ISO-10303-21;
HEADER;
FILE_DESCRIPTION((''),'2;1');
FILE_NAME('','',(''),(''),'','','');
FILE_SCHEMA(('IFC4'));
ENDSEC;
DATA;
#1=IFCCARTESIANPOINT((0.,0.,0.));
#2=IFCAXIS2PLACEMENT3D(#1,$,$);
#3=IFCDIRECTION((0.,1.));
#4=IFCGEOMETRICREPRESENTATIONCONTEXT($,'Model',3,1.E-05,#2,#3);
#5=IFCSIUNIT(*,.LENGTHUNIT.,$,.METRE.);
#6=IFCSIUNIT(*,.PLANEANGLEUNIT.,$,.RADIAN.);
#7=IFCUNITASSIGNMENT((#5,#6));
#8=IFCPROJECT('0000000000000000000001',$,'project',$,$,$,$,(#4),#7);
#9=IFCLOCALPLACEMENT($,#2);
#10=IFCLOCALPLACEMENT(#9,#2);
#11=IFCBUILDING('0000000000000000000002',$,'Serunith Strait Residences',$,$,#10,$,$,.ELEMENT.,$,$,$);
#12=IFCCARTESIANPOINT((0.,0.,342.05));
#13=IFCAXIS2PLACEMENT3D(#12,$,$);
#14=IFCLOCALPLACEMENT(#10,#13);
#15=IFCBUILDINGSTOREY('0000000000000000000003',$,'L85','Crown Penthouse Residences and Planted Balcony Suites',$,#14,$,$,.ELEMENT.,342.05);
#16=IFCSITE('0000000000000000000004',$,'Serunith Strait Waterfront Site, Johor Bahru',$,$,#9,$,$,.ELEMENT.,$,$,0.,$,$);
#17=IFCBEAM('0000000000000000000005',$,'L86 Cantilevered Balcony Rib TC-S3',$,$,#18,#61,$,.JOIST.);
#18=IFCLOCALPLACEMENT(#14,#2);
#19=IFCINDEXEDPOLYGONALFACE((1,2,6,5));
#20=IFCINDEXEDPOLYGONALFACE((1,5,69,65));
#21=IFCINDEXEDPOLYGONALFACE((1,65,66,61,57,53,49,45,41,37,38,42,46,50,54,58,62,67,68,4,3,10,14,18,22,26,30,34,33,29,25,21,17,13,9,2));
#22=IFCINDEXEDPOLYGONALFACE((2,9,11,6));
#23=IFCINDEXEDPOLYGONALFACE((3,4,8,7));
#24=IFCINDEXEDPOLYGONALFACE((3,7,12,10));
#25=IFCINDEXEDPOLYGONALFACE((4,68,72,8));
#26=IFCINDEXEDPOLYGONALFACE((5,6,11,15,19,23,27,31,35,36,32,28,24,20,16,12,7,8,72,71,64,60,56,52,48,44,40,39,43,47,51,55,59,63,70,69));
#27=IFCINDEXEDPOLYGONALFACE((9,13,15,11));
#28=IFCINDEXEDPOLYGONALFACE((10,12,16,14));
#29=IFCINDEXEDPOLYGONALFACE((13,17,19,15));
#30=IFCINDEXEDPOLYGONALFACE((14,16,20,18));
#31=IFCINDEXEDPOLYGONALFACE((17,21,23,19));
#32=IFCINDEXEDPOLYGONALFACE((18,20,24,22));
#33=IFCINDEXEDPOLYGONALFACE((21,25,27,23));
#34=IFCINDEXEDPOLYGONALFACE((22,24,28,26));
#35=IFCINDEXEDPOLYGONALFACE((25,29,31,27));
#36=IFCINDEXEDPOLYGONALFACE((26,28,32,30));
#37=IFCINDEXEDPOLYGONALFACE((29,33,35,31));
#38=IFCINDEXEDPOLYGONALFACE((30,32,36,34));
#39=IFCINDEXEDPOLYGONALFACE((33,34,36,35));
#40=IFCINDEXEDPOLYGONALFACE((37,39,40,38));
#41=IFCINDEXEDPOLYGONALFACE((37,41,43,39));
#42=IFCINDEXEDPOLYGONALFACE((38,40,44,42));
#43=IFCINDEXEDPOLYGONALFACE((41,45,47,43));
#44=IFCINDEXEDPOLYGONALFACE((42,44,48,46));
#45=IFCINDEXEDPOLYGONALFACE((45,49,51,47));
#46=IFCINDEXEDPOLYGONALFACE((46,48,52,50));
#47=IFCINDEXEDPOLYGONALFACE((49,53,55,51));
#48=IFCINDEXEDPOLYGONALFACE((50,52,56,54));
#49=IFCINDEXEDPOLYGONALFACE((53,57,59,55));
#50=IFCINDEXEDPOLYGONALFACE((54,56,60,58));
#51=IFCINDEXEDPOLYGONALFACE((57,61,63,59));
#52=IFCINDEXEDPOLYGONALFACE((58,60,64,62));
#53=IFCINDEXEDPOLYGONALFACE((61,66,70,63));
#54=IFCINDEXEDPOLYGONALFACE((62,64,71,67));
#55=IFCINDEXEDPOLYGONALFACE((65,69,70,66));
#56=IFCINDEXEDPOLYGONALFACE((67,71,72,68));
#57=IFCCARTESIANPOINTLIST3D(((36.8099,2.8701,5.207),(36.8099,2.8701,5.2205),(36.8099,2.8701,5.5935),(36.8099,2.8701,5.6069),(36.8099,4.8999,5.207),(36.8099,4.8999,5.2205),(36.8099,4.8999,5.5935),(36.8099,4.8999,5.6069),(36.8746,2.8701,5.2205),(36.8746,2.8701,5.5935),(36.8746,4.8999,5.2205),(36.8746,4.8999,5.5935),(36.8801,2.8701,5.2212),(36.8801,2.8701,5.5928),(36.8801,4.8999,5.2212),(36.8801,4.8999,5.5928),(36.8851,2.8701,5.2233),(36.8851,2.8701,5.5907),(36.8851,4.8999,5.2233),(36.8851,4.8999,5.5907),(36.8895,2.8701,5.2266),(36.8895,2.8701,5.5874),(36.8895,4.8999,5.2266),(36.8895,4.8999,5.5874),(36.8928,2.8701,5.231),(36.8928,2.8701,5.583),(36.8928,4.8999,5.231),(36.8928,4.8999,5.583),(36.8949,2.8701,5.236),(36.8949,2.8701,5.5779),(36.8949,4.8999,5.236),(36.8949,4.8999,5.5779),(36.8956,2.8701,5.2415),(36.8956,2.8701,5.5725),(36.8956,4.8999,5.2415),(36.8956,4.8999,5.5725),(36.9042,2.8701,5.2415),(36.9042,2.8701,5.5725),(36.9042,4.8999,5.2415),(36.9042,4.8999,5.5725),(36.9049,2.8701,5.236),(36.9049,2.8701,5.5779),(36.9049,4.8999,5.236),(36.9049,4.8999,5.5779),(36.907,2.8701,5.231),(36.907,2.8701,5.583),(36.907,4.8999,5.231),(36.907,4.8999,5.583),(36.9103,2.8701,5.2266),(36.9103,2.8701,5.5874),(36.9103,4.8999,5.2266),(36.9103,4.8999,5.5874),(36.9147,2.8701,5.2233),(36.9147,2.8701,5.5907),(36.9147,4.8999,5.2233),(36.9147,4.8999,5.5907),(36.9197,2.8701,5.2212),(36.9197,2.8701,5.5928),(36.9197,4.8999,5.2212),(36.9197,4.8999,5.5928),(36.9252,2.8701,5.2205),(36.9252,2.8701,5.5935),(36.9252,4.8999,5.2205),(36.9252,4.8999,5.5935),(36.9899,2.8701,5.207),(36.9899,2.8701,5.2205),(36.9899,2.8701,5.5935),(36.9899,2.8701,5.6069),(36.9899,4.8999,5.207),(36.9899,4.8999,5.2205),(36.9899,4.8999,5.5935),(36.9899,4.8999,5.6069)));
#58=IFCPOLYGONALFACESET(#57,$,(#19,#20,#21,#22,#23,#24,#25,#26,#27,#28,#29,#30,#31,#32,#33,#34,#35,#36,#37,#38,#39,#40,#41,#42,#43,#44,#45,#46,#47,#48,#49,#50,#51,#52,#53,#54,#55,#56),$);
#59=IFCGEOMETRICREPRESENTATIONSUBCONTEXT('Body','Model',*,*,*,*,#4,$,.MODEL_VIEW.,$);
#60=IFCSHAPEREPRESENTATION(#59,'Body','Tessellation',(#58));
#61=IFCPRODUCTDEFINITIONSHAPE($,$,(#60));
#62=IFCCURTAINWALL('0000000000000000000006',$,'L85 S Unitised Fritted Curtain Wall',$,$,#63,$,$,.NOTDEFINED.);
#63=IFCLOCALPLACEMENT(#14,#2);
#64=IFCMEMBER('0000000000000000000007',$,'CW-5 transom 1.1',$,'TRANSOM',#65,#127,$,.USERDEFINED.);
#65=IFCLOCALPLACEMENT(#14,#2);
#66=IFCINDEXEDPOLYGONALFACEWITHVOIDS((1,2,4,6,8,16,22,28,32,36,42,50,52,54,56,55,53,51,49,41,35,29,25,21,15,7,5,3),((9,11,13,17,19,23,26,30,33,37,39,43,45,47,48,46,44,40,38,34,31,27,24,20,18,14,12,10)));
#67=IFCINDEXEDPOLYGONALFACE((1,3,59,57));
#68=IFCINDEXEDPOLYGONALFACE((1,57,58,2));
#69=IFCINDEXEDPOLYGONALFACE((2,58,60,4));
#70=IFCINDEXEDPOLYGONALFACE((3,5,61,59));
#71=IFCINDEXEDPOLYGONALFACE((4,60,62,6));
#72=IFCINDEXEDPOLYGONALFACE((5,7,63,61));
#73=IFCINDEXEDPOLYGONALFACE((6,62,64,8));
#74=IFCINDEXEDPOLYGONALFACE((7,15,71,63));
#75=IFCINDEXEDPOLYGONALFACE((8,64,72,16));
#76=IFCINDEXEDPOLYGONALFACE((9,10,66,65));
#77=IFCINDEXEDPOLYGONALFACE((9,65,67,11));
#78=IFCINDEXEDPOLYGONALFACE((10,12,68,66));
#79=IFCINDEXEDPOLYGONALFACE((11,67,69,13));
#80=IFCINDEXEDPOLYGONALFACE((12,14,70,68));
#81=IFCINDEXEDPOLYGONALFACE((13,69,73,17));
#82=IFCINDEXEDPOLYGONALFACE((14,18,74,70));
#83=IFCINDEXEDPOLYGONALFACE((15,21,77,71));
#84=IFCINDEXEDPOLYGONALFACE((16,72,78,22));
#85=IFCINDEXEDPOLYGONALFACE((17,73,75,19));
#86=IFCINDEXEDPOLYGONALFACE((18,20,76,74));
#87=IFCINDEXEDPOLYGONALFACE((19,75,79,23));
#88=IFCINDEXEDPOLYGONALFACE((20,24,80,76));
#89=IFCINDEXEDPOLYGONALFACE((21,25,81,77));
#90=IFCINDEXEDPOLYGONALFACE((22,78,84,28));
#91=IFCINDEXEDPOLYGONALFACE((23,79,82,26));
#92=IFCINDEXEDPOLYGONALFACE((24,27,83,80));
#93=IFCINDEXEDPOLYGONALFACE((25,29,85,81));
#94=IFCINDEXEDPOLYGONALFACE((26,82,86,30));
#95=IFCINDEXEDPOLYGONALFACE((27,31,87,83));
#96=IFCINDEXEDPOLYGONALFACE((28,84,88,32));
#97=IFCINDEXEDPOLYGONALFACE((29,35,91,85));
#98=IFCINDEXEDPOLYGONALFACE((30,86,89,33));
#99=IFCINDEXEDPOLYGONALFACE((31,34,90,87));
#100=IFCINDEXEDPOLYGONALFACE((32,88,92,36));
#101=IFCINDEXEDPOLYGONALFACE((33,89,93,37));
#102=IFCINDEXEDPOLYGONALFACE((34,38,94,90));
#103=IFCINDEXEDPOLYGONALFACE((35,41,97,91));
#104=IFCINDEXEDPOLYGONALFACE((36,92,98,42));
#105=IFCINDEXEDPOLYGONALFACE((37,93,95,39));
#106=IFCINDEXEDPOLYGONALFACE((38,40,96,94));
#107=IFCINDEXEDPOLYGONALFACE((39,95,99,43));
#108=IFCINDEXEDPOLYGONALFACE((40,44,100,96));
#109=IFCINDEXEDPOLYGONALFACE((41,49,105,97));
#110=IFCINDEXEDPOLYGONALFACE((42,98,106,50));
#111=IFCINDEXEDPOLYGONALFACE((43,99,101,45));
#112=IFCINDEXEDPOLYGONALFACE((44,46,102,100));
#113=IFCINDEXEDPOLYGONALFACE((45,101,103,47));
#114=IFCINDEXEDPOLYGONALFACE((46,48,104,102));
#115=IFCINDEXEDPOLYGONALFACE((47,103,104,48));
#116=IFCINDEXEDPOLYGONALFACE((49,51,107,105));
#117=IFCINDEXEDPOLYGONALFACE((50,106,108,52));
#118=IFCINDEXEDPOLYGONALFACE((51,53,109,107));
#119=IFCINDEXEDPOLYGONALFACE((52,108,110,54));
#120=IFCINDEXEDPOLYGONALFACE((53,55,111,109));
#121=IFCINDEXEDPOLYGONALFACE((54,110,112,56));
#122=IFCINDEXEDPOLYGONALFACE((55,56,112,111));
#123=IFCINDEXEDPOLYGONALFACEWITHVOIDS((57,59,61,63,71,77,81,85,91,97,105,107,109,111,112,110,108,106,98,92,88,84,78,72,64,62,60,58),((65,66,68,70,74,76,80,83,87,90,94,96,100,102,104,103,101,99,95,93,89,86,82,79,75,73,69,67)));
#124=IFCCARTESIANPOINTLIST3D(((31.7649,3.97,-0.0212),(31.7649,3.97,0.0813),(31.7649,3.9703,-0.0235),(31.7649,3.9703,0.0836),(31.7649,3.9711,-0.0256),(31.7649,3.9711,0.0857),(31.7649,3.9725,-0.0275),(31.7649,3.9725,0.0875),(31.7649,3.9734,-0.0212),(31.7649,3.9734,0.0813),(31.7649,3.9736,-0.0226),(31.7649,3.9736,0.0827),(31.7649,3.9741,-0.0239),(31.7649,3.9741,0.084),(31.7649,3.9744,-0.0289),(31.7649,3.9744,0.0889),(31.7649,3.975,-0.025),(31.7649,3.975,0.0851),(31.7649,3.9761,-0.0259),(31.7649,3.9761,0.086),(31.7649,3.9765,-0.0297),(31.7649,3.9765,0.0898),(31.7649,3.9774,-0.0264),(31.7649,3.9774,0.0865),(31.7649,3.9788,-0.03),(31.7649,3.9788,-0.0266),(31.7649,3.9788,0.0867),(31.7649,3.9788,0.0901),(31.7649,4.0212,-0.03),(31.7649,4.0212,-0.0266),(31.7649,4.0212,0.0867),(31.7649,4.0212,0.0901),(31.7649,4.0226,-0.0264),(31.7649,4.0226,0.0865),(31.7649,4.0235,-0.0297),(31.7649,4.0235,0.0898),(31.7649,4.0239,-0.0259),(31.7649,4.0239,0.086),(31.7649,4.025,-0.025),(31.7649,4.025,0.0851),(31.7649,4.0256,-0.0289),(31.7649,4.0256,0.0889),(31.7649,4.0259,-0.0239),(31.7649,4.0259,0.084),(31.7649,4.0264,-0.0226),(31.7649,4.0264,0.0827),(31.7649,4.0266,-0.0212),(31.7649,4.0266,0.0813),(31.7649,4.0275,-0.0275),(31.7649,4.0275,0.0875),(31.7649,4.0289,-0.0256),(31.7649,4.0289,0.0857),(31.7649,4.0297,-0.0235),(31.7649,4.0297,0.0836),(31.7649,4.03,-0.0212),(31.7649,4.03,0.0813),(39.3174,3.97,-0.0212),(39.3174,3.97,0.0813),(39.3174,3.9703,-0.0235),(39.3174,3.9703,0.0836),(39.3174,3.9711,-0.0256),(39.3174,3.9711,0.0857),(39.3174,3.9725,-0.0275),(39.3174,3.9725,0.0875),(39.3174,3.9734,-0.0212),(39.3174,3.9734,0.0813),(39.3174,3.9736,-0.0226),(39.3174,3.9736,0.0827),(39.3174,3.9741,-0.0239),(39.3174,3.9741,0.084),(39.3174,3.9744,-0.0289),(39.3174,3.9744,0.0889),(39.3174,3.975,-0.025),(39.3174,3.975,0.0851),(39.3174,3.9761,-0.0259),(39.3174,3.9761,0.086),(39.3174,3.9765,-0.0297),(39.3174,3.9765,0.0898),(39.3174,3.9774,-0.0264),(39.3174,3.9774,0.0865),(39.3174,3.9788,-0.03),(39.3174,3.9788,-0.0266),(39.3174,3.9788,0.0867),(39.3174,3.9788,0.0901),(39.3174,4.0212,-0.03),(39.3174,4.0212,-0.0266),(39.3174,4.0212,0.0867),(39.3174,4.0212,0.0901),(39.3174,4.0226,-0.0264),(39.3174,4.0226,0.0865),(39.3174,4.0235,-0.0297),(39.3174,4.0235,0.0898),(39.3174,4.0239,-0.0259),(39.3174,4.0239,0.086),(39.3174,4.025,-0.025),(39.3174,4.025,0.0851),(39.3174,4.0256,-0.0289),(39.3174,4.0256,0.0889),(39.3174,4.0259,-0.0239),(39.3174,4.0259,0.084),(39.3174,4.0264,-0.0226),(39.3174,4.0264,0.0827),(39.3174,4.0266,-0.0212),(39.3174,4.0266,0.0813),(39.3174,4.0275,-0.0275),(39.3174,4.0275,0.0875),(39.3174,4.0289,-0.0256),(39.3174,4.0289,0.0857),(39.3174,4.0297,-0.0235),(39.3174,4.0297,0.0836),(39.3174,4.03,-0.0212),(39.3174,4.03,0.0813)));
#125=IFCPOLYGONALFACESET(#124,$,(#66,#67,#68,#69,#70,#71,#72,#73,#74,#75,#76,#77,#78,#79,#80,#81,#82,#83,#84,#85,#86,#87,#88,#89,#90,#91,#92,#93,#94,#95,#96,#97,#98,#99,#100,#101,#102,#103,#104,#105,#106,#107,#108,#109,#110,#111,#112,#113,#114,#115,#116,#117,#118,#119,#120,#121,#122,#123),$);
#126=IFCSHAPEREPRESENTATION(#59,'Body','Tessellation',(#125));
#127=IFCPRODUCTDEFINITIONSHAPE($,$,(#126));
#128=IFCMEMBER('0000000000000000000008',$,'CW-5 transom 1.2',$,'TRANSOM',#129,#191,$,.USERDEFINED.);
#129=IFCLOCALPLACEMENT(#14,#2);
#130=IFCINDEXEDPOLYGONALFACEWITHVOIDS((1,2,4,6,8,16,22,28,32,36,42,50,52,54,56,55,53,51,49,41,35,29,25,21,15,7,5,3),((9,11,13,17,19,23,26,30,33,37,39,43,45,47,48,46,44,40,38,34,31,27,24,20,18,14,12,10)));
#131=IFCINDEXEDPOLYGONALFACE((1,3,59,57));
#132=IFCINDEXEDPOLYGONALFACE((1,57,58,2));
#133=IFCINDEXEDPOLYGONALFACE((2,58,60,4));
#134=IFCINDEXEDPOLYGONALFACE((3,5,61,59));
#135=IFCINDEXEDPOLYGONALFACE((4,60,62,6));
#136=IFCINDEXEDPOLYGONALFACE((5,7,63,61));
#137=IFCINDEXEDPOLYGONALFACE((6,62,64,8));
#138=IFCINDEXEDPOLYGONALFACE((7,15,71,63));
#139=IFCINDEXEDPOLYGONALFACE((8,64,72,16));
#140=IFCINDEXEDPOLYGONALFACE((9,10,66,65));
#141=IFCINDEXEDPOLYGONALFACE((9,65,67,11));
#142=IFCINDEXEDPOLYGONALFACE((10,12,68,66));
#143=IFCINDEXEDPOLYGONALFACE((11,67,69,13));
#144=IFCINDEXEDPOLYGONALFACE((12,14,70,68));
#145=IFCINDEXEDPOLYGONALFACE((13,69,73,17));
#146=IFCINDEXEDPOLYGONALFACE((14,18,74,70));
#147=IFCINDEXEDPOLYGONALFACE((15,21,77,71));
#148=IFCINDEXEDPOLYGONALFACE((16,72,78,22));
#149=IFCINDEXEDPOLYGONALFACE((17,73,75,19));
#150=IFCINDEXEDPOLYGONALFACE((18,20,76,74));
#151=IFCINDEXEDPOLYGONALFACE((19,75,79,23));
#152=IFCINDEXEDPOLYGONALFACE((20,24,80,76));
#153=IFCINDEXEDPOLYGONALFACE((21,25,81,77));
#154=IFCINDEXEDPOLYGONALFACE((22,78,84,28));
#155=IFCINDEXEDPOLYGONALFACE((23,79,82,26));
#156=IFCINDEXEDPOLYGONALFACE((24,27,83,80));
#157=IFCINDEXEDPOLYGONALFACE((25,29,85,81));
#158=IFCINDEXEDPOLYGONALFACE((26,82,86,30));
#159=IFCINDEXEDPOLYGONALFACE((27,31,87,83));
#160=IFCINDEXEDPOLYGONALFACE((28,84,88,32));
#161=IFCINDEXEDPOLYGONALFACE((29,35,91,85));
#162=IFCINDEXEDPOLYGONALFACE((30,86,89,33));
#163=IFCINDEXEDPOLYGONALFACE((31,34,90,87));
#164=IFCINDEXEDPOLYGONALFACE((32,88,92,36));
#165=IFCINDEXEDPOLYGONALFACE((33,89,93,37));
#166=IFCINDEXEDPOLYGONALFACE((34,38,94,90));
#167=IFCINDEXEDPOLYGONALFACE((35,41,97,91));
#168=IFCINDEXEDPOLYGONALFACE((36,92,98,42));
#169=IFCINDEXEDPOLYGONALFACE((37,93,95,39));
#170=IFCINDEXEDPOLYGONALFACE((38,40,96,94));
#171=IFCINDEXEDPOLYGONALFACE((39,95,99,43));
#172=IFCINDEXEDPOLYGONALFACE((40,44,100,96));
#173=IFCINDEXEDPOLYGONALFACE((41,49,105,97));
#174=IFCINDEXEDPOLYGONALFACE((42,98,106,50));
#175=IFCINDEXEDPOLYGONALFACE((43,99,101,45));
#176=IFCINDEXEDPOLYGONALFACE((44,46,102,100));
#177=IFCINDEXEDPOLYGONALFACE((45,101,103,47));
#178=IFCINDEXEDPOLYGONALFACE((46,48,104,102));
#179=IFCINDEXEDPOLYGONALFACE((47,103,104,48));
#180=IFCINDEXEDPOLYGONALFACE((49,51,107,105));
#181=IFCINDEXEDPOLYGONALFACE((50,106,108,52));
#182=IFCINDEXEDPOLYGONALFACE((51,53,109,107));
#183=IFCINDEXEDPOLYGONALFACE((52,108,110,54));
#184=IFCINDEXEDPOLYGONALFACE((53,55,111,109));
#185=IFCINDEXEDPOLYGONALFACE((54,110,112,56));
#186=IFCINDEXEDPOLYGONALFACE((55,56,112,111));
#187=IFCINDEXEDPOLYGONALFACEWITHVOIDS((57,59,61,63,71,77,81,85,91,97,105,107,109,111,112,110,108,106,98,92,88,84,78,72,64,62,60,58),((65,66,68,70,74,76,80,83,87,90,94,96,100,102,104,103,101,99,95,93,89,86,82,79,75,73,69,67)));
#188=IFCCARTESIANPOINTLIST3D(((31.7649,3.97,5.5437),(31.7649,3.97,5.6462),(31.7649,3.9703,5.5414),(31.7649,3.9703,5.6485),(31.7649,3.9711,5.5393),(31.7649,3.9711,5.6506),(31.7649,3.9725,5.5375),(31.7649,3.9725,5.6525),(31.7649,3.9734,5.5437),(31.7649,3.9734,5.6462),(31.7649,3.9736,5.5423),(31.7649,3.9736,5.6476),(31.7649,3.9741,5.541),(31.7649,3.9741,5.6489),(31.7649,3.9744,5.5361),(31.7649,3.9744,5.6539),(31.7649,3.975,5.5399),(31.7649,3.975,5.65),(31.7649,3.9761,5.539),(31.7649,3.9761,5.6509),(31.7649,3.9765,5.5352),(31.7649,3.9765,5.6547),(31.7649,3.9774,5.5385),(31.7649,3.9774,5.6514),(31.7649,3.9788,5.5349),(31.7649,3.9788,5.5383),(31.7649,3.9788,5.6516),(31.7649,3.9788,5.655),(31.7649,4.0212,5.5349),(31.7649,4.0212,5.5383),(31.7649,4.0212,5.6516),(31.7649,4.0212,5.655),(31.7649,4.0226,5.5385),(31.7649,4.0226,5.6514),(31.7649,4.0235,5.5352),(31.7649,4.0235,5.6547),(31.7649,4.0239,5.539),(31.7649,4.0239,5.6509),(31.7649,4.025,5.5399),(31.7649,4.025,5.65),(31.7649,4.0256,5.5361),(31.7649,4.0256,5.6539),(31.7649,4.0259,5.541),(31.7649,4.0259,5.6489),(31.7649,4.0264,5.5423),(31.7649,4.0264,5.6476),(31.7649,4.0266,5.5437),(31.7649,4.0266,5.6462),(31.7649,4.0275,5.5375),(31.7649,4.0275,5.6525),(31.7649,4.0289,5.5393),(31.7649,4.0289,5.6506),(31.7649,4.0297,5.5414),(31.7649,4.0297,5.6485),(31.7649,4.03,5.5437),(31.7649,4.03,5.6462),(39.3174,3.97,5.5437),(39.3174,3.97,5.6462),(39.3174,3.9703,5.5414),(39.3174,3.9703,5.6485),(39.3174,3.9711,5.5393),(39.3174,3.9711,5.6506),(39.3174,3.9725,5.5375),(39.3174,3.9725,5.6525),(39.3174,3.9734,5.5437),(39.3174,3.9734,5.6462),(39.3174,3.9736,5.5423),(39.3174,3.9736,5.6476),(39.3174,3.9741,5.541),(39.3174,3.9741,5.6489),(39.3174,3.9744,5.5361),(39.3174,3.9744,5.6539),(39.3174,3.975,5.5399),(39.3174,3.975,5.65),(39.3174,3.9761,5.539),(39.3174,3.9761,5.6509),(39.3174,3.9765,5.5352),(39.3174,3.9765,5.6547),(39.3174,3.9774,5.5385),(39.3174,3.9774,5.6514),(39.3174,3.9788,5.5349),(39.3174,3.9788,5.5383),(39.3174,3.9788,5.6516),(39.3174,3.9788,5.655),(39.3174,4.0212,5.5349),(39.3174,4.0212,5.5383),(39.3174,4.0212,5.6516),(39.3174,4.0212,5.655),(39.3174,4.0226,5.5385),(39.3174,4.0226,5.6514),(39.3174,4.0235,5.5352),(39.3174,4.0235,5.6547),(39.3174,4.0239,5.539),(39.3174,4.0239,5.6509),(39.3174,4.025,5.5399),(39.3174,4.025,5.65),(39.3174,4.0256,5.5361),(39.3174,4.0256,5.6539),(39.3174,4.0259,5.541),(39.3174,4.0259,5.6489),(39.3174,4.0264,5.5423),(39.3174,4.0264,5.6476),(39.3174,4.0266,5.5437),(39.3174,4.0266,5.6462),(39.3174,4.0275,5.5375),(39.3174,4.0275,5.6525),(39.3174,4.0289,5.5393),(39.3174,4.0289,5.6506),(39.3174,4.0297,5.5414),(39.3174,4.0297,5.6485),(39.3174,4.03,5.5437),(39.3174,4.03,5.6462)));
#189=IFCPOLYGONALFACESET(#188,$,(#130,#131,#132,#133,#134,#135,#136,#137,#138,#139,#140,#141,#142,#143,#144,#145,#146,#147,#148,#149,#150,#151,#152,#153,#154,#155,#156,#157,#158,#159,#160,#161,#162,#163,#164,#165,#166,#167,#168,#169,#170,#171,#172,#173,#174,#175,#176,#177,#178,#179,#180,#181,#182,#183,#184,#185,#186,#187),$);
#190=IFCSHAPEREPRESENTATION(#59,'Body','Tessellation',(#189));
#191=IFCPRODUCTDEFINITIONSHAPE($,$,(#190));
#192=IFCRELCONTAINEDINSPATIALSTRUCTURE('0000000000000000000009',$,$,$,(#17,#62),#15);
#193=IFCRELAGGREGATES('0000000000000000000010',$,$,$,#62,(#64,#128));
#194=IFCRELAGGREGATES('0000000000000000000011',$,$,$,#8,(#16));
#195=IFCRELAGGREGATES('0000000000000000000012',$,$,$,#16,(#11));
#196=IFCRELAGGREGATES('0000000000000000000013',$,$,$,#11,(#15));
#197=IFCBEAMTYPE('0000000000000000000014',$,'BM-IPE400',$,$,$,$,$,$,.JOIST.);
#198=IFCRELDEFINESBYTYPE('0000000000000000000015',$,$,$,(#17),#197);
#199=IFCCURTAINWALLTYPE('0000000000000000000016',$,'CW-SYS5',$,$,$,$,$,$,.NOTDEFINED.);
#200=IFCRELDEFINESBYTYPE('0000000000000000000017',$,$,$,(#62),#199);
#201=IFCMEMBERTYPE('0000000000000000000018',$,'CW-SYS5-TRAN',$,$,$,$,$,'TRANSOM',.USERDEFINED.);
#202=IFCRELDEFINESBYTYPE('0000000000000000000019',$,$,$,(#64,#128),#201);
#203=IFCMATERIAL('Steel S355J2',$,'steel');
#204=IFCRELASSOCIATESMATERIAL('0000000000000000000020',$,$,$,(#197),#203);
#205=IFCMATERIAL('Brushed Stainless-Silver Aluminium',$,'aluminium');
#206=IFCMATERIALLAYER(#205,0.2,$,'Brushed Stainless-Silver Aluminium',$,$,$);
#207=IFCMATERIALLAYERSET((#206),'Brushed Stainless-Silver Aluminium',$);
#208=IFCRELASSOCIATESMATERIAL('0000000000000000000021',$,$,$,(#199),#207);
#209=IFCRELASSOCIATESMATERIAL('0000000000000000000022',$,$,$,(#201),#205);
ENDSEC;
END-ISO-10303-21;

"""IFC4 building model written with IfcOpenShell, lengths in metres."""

from ifc_helpers import new_model, si_unit, direction, frame, origin, origin_2d, place, context, subcontext, project, spatial, hollow_rectangle, i_section, extrude, source, transform, mapped, material, layer, layer_set, material_profile, profile_set, type_object, element, aggregate, save


model = new_model("IFC4")

# Units and contexts
model_context = context("Model", 3, precision=1e-05, world=origin(), true_north=direction((0.0, 1.0)))
body_context = subcontext(model_context, "Body", "Model", "MODEL_VIEW")
ifc_project = project(units=[si_unit("LENGTHUNIT", "METRE"), si_unit("PLANEANGLEUNIT", "RADIAN")], contexts=[model_context])

# Site, building, storey
site_placement = place(None, origin())
site = spatial("IfcSite", under=ifc_project, at=site_placement, Name="Serunith Strait Waterfront Site, Johor Bahru", CompositionType="ELEMENT", RefElevation=0.0)
building_placement = place(site_placement, origin())
building = spatial("IfcBuilding", under=site, at=building_placement, Name="Serunith Strait Residences", CompositionType="ELEMENT")
storey_placement = place(building_placement, frame((0.0, 0.0, 342.05)))
storey = spatial("IfcBuildingStorey", under=building, at=storey_placement, Name="L85", Description="Crown Penthouse Residences and Planted Balcony Suites", CompositionType="ELEMENT", Elevation=342.05)

# Beam
ifc_material_1 = material(Name="Steel S355J2", Category="steel")
ifc_material_profile_1 = material_profile(ifc_material_1, i_section(OverallWidth=0.1799, OverallDepth=0.3999, WebThickness=0.0085, FlangeThickness=0.0134, FilletRadius=0.021, at=origin_2d()), Name="IPE 400")
ifc_profile_set_1 = profile_set([ifc_material_profile_1], Name="Steel S355J2")
beam_type_1 = type_object("IfcBeamType", Name="BM-IPE400", PredefinedType="JOIST", material=ifc_profile_set_1)
shared_shape_1 = source(origin(), body_context, "Body", "SweptSolid", [
    extrude(i_section(OverallWidth=0.1799, OverallDepth=0.3999, WebThickness=0.0085, FlangeThickness=0.0134, FilletRadius=0.021, at=origin_2d()), origin(), (0.0, 0.0, 1.0), 2.0298),
])
beam_1_placement = place(storey_placement, frame((36.8999, 4.8999, 5.407), z_axis=(0.0, -1.0, 0.0), x_axis=(1.0, 0.0, 0.0)))
element("IfcBeam", 1, at=beam_1_placement, inside=storey, type_object=beam_type_1, Name="L86 Cantilevered Balcony Rib TC-S3", PredefinedType="JOIST", context=body_context, shape_type="MappedRepresentation", body=[
    mapped(shared_shape_1, transform((0.0, 0.0, 0.0), scale=1.0)),
])

# Curtain wall, members
ifc_material_2 = material(Name="Brushed Stainless-Silver Aluminium", Category="aluminium")
ifc_layer_1 = layer(ifc_material_2, 0.2, Name="Brushed Stainless-Silver Aluminium")
ifc_layer_set_1 = layer_set([ifc_layer_1], Name="Brushed Stainless-Silver Aluminium")
curtain_wall_type = type_object("IfcCurtainWallType", Name="CW-SYS5", PredefinedType="NOTDEFINED", material=ifc_layer_set_1)
curtain_wall_placement = place(storey_placement, origin())
curtain_wall = element("IfcCurtainWall", 2, at=curtain_wall_placement, inside=storey, type_object=curtain_wall_type, Name="L85 S Unitised Fritted Curtain Wall", PredefinedType="NOTDEFINED")
ifc_material_profile_2 = material_profile(ifc_material_2, hollow_rectangle(XDim=0.0601, YDim=0.1201, WallThickness=0.0034, InnerFilletRadius=0.0054, OuterFilletRadius=0.0088, at=origin_2d()), Name="ALU 120x60x3.5")
ifc_profile_set_2 = profile_set([ifc_material_profile_2], Name="Brushed Stainless-Silver Aluminium")
member_type_1 = type_object("IfcMemberType", Name="CW-SYS5-TRAN", ElementType="TRANSOM", PredefinedType="USERDEFINED", material=ifc_profile_set_2)
shared_shape_2 = source(origin(), body_context, "Body", "SweptSolid", [
    extrude(hollow_rectangle(XDim=0.0601, YDim=0.1201, WallThickness=0.0034, InnerFilletRadius=0.0054, OuterFilletRadius=0.0088, at=origin_2d()), origin(), (0.0, 0.0, 1.0), 7.5525),
])
member_1_placement = place(storey_placement, frame((31.7649, 4.0, 0.03), z_axis=(1.0, 0.0, 0.0), x_axis=(0.0, 1.0, 0.0)))
member_1 = element("IfcMember", 3, at=member_1_placement, type_object=member_type_1, Name="CW-5 transom 1.1", ObjectType="TRANSOM", PredefinedType="USERDEFINED", context=body_context, shape_type="MappedRepresentation", body=[
    mapped(shared_shape_2, transform((0.0, 0.0, 0.0), scale=1.0)),
])
member_2_placement = place(storey_placement, frame((31.7649, 4.0, 5.595), z_axis=(1.0, 0.0, 0.0), x_axis=(0.0, 1.0, 0.0)))
member_2 = element("IfcMember", 4, at=member_2_placement, type_object=member_type_1, Name="CW-5 transom 1.2", ObjectType="TRANSOM", PredefinedType="USERDEFINED", context=body_context, shape_type="MappedRepresentation", body=[
    mapped(shared_shape_2, transform((0.0, 0.0, 0.0), scale=1.0)),
])
aggregate(curtain_wall, [member_1, member_2])

save(model, "model.ifc")
